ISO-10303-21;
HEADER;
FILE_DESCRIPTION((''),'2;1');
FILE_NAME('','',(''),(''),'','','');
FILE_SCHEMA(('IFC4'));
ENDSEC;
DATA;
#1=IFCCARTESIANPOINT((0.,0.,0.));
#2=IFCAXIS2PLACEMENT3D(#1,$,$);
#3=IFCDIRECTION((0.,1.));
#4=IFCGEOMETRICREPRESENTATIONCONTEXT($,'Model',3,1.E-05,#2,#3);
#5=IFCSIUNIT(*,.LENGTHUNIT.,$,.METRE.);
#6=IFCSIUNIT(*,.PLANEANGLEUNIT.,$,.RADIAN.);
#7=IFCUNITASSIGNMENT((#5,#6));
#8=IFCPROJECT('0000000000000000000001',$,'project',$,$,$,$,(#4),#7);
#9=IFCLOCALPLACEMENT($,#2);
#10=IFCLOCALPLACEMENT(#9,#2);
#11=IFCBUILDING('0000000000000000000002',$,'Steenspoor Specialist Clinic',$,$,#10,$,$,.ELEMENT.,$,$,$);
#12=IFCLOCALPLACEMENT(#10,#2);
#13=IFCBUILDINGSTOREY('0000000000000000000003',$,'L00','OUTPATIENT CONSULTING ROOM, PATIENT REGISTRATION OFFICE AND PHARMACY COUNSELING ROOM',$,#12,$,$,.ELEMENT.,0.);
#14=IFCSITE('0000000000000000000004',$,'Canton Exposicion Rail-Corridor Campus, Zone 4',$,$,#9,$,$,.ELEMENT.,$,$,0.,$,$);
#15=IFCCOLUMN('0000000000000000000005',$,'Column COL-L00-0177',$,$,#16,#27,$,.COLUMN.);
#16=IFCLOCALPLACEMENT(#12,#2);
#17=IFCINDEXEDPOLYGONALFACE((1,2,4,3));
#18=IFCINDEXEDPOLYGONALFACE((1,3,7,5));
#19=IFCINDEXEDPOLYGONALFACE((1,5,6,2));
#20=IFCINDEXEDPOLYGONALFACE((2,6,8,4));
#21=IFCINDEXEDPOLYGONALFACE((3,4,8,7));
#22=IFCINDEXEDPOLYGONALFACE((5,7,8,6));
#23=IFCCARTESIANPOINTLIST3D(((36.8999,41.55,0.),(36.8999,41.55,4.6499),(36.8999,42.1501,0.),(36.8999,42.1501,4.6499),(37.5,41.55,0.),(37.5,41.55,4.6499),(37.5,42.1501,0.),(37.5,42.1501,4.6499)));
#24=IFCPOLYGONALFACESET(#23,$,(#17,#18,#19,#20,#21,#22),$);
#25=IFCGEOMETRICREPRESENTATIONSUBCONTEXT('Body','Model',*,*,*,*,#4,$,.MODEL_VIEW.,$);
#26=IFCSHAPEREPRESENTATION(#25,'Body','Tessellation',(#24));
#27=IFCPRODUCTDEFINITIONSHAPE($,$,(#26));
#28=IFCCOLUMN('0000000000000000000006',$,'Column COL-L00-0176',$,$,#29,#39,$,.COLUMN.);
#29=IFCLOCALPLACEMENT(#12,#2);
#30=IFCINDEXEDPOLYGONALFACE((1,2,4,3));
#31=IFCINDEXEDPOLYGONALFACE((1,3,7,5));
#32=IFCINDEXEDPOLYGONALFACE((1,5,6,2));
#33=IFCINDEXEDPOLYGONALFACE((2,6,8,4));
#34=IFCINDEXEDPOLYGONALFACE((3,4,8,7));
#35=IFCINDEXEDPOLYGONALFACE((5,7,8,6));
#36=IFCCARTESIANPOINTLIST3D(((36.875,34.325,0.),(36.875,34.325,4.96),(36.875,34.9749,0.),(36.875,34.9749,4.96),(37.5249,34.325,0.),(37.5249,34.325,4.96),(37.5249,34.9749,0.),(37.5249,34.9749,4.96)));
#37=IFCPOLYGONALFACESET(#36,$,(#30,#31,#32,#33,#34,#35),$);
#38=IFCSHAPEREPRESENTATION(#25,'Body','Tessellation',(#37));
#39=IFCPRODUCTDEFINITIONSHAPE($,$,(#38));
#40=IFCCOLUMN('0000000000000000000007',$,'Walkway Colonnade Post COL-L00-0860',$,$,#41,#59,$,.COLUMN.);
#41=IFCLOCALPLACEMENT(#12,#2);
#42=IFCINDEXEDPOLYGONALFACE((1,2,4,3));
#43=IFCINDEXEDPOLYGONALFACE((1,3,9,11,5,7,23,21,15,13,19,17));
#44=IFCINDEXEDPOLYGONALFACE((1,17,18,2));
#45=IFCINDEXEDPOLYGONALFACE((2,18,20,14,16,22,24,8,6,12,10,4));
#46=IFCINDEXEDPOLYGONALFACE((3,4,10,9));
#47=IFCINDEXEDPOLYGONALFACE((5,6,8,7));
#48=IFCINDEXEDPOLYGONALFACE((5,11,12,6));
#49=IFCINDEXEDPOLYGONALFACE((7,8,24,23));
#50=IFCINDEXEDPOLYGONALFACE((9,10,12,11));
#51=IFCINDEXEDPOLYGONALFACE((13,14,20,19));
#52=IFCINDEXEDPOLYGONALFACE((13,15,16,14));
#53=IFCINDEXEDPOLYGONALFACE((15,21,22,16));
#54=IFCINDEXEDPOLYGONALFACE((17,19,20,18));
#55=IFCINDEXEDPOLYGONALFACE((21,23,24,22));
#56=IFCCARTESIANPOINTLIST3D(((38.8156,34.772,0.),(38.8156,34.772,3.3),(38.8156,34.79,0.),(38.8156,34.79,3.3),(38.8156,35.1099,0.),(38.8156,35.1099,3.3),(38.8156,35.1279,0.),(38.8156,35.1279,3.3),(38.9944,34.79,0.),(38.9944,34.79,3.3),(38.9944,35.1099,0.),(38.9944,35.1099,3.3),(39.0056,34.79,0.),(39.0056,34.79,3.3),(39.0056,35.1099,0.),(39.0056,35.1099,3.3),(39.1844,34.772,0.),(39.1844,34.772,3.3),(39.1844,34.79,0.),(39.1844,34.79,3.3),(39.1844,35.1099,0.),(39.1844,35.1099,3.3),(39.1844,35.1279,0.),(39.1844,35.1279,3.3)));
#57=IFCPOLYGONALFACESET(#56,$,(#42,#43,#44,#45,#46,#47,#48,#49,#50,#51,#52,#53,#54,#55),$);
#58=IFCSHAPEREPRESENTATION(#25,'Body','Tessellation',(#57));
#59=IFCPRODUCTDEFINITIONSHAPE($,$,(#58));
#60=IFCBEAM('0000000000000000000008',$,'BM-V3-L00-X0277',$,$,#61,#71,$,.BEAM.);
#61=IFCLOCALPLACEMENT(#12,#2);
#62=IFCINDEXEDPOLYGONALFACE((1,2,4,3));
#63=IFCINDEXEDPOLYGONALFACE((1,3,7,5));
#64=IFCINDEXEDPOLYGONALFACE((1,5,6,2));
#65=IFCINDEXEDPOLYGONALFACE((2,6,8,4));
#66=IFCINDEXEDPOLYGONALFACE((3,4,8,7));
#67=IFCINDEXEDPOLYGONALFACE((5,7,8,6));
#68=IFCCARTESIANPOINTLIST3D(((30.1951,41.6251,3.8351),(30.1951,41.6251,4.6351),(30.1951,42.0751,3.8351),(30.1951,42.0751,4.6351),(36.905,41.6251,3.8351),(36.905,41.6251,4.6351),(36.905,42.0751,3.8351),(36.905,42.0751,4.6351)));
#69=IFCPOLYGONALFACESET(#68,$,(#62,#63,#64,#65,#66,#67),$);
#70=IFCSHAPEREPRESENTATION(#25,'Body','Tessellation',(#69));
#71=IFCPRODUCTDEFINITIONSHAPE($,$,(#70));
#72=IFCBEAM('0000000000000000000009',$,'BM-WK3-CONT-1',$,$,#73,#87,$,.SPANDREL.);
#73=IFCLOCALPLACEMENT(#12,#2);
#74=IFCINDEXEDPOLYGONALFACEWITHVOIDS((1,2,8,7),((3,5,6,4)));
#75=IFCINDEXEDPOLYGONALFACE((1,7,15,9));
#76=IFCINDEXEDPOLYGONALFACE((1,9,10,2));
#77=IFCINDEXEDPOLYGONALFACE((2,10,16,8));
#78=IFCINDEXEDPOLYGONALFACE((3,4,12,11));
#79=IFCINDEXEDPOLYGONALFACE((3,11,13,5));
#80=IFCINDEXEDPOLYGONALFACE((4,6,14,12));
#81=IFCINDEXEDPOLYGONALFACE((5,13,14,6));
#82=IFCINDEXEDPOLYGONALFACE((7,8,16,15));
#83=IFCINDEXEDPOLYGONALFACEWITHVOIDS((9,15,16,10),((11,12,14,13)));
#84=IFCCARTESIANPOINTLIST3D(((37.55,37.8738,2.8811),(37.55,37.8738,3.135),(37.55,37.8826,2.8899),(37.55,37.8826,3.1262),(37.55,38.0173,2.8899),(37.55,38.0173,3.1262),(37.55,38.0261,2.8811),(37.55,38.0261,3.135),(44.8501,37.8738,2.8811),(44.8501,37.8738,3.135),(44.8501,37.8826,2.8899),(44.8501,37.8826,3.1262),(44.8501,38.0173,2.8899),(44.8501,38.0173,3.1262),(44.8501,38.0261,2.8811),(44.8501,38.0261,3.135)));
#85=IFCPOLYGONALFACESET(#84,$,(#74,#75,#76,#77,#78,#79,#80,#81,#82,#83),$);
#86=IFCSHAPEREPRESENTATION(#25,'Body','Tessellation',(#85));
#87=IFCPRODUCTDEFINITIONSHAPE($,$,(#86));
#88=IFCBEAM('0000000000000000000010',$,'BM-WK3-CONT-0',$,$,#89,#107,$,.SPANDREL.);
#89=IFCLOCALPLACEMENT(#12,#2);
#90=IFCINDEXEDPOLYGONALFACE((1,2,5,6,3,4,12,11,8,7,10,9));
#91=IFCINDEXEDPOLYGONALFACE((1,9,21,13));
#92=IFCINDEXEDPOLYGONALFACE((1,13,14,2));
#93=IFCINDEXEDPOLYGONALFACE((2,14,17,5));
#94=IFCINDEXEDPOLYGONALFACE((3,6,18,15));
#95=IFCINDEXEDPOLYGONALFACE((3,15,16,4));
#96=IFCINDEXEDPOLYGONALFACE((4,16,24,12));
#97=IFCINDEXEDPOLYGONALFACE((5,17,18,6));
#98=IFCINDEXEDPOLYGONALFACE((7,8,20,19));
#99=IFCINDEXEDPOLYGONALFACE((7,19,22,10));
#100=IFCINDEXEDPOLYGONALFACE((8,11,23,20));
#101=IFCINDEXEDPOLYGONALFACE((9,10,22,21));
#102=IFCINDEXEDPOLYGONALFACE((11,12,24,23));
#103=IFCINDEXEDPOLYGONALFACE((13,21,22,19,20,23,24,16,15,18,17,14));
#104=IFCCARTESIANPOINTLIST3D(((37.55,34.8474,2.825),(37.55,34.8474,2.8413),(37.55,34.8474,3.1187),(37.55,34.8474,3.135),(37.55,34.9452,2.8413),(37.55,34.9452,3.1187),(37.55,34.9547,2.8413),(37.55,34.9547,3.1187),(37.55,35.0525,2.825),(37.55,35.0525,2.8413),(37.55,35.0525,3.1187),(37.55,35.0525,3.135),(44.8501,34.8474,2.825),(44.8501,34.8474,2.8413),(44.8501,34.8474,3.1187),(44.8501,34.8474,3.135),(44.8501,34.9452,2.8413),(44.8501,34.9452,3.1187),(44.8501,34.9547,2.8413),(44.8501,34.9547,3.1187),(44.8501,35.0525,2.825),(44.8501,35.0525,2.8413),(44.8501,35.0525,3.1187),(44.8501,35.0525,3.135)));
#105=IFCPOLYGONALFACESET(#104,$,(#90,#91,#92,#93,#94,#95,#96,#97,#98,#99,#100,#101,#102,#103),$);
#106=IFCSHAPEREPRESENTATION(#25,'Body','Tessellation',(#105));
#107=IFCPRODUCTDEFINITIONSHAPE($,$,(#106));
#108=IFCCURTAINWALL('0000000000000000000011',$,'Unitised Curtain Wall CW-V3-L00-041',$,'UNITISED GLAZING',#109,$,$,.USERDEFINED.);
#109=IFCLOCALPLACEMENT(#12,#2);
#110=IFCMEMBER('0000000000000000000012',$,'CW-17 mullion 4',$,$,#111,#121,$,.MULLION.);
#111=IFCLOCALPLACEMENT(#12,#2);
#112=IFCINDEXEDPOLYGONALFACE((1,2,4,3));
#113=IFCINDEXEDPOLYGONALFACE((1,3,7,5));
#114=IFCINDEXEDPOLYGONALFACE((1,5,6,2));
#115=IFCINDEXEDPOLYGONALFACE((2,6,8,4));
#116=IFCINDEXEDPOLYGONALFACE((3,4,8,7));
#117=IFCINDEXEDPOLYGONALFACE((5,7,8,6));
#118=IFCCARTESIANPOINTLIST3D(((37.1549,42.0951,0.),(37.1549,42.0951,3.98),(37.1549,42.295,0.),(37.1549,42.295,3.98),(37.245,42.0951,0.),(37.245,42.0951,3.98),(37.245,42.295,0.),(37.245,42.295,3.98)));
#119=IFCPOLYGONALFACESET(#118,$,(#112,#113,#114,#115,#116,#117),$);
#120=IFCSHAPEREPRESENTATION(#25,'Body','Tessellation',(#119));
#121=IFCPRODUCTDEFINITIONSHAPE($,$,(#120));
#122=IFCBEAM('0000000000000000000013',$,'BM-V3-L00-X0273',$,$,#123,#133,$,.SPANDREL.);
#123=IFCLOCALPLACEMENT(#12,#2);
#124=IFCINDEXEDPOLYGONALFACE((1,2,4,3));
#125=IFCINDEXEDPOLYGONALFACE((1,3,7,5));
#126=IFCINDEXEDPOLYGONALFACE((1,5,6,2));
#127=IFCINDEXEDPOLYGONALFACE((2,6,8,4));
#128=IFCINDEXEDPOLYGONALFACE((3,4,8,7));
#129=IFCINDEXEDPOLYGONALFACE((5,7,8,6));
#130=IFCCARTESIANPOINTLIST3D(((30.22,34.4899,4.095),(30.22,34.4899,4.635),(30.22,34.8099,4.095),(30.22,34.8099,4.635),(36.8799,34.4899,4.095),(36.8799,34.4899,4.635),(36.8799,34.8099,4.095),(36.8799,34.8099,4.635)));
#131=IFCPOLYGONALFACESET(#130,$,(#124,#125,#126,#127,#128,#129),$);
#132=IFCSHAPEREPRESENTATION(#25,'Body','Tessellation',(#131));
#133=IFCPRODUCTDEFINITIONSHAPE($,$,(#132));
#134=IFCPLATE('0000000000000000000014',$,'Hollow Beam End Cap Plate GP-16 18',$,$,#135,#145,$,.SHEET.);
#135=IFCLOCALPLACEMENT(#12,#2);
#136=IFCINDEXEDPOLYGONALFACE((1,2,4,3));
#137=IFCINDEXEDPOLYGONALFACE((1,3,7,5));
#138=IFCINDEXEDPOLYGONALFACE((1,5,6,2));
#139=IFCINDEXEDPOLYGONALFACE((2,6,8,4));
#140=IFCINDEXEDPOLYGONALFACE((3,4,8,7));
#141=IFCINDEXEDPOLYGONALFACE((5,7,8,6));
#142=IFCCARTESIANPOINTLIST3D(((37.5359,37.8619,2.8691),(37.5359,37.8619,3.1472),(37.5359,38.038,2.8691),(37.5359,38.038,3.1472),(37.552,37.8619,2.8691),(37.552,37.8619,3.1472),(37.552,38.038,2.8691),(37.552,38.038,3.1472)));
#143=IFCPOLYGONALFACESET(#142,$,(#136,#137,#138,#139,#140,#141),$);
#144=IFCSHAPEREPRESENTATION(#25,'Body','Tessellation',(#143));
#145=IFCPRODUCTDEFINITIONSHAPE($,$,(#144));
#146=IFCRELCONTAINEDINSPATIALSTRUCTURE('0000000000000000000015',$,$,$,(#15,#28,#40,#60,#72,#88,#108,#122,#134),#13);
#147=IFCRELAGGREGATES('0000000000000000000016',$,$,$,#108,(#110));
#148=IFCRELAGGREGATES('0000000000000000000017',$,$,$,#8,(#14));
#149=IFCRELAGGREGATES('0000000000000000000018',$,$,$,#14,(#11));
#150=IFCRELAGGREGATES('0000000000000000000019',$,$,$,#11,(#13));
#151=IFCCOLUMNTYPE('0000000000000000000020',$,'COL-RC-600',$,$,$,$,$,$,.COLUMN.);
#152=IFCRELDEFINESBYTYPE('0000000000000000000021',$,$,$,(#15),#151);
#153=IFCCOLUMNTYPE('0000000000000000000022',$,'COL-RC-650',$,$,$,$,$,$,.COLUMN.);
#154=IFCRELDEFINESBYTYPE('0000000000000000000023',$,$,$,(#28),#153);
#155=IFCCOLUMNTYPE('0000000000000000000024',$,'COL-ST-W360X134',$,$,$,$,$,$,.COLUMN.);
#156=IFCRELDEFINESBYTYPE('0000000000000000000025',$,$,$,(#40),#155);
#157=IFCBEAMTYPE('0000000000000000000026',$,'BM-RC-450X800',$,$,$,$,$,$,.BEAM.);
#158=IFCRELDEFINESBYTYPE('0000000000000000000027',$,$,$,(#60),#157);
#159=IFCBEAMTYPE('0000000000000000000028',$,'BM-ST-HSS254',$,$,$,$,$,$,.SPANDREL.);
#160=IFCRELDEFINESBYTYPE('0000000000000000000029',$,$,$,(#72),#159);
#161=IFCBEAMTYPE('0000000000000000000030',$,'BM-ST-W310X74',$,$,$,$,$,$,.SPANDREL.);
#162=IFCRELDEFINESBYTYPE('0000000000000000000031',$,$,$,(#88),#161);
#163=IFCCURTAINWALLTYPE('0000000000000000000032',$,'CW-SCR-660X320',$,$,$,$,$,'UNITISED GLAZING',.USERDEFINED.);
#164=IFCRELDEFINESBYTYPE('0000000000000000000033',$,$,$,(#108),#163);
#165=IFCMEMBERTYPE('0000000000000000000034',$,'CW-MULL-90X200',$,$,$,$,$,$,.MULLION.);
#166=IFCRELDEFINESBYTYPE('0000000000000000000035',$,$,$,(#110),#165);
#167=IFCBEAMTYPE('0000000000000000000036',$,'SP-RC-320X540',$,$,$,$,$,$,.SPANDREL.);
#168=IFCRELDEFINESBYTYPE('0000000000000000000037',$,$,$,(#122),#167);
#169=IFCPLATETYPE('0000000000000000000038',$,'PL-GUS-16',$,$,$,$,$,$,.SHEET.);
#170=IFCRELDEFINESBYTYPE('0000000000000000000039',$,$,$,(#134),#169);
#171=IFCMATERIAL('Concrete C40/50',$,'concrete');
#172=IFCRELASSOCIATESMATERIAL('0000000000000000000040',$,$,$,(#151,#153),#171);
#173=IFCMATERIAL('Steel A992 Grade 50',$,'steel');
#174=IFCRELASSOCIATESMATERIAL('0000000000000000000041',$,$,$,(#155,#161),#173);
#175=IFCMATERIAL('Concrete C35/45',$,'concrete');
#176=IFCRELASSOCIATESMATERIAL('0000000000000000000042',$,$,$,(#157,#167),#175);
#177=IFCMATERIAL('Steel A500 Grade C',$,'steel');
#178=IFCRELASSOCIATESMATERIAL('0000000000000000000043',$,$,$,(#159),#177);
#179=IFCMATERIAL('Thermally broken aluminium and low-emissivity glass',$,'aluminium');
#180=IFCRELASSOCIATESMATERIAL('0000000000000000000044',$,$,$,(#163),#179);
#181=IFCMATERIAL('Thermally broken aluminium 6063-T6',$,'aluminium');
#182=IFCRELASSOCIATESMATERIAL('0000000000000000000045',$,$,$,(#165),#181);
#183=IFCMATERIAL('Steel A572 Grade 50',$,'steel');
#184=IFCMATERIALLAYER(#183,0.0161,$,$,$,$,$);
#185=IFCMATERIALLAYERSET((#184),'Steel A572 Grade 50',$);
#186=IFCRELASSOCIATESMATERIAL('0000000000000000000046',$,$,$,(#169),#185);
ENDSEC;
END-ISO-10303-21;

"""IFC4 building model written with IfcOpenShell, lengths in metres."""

from ifc_helpers import new_model, si_unit, direction, frame, origin, origin_2d, place, context, subcontext, project, spatial, rectangle, hollow_rectangle, i_section, extrude, material, layer, layer_set, material_profile, profile_set, type_object, element, aggregate, save


model = new_model("IFC4")

# Units and contexts
model_context = context("Model", 3, precision=1e-05, world=origin(), true_north=direction((0.0, 1.0)))
body_context = subcontext(model_context, "Body", "Model", "MODEL_VIEW")
ifc_project = project(units=[si_unit("LENGTHUNIT", "METRE"), si_unit("PLANEANGLEUNIT", "RADIAN")], contexts=[model_context])

# Site, building, storey
site_placement = place(None, origin())
site = spatial("IfcSite", under=ifc_project, at=site_placement, Name="Canton Exposicion Rail-Corridor Campus, Zone 4", CompositionType="ELEMENT", RefElevation=0.0)
building_placement = place(site_placement, origin())
building = spatial("IfcBuilding", under=site, at=building_placement, Name="Steenspoor Specialist Clinic", CompositionType="ELEMENT")
storey_placement = place(building_placement, origin())
storey = spatial("IfcBuildingStorey", under=building, at=storey_placement, Name="L00", Description="OUTPATIENT CONSULTING ROOM, PATIENT REGISTRATION OFFICE AND PHARMACY COUNSELING ROOM", CompositionType="ELEMENT", Elevation=0.0)

# Shared definitions
ifc_material_1 = material(Name="Concrete C35/45", Category="concrete")

# Columns
ifc_material_2 = material(Name="Concrete C40/50", Category="concrete")
ifc_material_profile_1 = material_profile(ifc_material_2, rectangle(XDim=0.6001, YDim=0.6001, at=origin_2d()), Name="RC-COL-600X600")
ifc_profile_set_1 = profile_set([ifc_material_profile_1], Name="Concrete C40/50")
column_type_1 = type_object("IfcColumnType", Name="COL-RC-600", PredefinedType="COLUMN", material=ifc_profile_set_1)
column_1_placement = place(storey_placement, frame((37.2, 41.8501, 0.0), z_axis=(0.0, 0.0, 1.0), x_axis=(1.0, 0.0, 0.0)))
element("IfcColumn", 1, at=column_1_placement, inside=storey, type_object=column_type_1, Name="Column COL-L00-0177", PredefinedType="COLUMN", context=body_context, shape_type="SweptSolid", body=[
    extrude(rectangle(XDim=0.6001, YDim=0.6001, at=origin_2d()), origin(), (0.0, 0.0, 1.0), 4.6499),
])
ifc_material_profile_2 = material_profile(ifc_material_2, rectangle(XDim=0.6499, YDim=0.6499, at=origin_2d()), Name="RC-COL-650X650")
ifc_profile_set_2 = profile_set([ifc_material_profile_2], Name="Concrete C40/50")
column_type_2 = type_object("IfcColumnType", Name="COL-RC-650", PredefinedType="COLUMN", material=ifc_profile_set_2)
column_2_placement = place(storey_placement, frame((37.2, 34.6499, 0.0), z_axis=(0.0, 0.0, 1.0), x_axis=(1.0, 0.0, 0.0)))
element("IfcColumn", 2, at=column_2_placement, inside=storey, type_object=column_type_2, Name="Column COL-L00-0176", PredefinedType="COLUMN", context=body_context, shape_type="SweptSolid", body=[
    extrude(rectangle(XDim=0.6499, YDim=0.6499, at=origin_2d()), origin(), (0.0, 0.0, 1.0), 4.96),
])
ifc_material_3 = material(Name="Steel A992 Grade 50", Category="steel")
ifc_material_profile_3 = material_profile(ifc_material_3, i_section(OverallWidth=0.3689, OverallDepth=0.356, WebThickness=0.0112, FlangeThickness=0.0181, at=origin_2d()), Name="W360X134")
ifc_profile_set_3 = profile_set([ifc_material_profile_3], Name="Steel A992 Grade 50")
column_type_3 = type_object("IfcColumnType", Name="COL-ST-W360X134", PredefinedType="COLUMN", material=ifc_profile_set_3)
column_3_placement = place(storey_placement, frame((39.0, 34.95, 0.0), z_axis=(0.0, 0.0, 1.0), x_axis=(1.0, 0.0, 0.0)))
element("IfcColumn", 3, at=column_3_placement, inside=storey, type_object=column_type_3, Name="Walkway Colonnade Post COL-L00-0860", PredefinedType="COLUMN", context=body_context, shape_type="SweptSolid", body=[
    extrude(i_section(OverallWidth=0.3689, OverallDepth=0.356, WebThickness=0.0112, FlangeThickness=0.0181, at=origin_2d()), origin(), (0.0, 0.0, 1.0), 3.3),
])

# Beams
ifc_material_profile_4 = material_profile(ifc_material_1, rectangle(XDim=0.45, YDim=0.8, at=origin_2d()), Name="RC-BM-450X800")
ifc_profile_set_4 = profile_set([ifc_material_profile_4], Name="Concrete C35/45")
beam_type_1 = type_object("IfcBeamType", Name="BM-RC-450X800", PredefinedType="BEAM", material=ifc_profile_set_4)
beam_1_placement = place(storey_placement, frame((30.1951, 41.8501, 4.2351), z_axis=(1.0, 0.0, 0.0), x_axis=(0.0, 1.0, 0.0)))
element("IfcBeam", 4, at=beam_1_placement, inside=storey, type_object=beam_type_1, Name="BM-V3-L00-X0277", PredefinedType="BEAM", context=body_context, shape_type="SweptSolid", body=[
    extrude(rectangle(XDim=0.45, YDim=0.8, at=origin_2d()), origin(), (0.0, 0.0, 1.0), 6.71),
])
ifc_material_4 = material(Name="Steel A500 Grade C", Category="steel")
ifc_material_profile_5 = material_profile(ifc_material_4, hollow_rectangle(XDim=0.1523, YDim=0.2539, WallThickness=0.0088, at=origin_2d()), Name="HSS254X152X9.5")
ifc_profile_set_5 = profile_set([ifc_material_profile_5], Name="Steel A500 Grade C")
beam_type_2 = type_object("IfcBeamType", Name="BM-ST-HSS254", PredefinedType="SPANDREL", material=ifc_profile_set_5)
beam_2_placement = place(storey_placement, frame((37.55, 37.95, 3.0081), z_axis=(1.0, 0.0, 0.0), x_axis=(0.0, 1.0, 0.0)))
element("IfcBeam", 5, at=beam_2_placement, inside=storey, type_object=beam_type_2, Name="BM-WK3-CONT-1", PredefinedType="SPANDREL", context=body_context, shape_type="SweptSolid", body=[
    extrude(hollow_rectangle(XDim=0.1523, YDim=0.2539, WallThickness=0.0088, at=origin_2d()), origin(), (0.0, 0.0, 1.0), 7.3),
])
ifc_material_profile_6 = material_profile(ifc_material_3, i_section(OverallWidth=0.2051, OverallDepth=0.3101, WebThickness=0.0095, FlangeThickness=0.0164, at=origin_2d()), Name="W310X74")
ifc_profile_set_6 = profile_set([ifc_material_profile_6], Name="Steel A992 Grade 50")
beam_type_3 = type_object("IfcBeamType", Name="BM-ST-W310X74", PredefinedType="SPANDREL", material=ifc_profile_set_6)
beam_3_placement = place(storey_placement, frame((37.55, 34.95, 2.98), z_axis=(1.0, 0.0, 0.0), x_axis=(0.0, 1.0, 0.0)))
element("IfcBeam", 6, at=beam_3_placement, inside=storey, type_object=beam_type_3, Name="BM-WK3-CONT-0", PredefinedType="SPANDREL", context=body_context, shape_type="SweptSolid", body=[
    extrude(i_section(OverallWidth=0.2051, OverallDepth=0.3101, WebThickness=0.0095, FlangeThickness=0.0164, at=origin_2d()), origin(), (0.0, 0.0, 1.0), 7.3),
])

# Curtain wall, member
ifc_material_5 = material(Name="Thermally broken aluminium and low-emissivity glass", Category="aluminium")
curtain_wall_type = type_object("IfcCurtainWallType", Name="CW-SCR-660X320", ElementType="UNITISED GLAZING", PredefinedType="USERDEFINED", material=ifc_material_5)
curtain_wall_placement = place(storey_placement, origin())
curtain_wall = element("IfcCurtainWall", 7, at=curtain_wall_placement, inside=storey, type_object=curtain_wall_type, Name="Unitised Curtain Wall CW-V3-L00-041", ObjectType="UNITISED GLAZING", PredefinedType="USERDEFINED")
ifc_material_6 = material(Name="Thermally broken aluminium 6063-T6", Category="aluminium")
ifc_material_profile_7 = material_profile(ifc_material_6, rectangle(XDim=0.0901, YDim=0.2, at=origin_2d()), Name="CWM-90X200")
ifc_profile_set_7 = profile_set([ifc_material_profile_7], Name="Thermally broken aluminium 6063-T6")
member_type = type_object("IfcMemberType", Name="CW-MULL-90X200", PredefinedType="MULLION", material=ifc_profile_set_7)
member_placement = place(storey_placement, frame((37.2, 42.1951, 0.0), z_axis=(0.0, 0.0, 1.0), x_axis=(1.0, 0.0, 0.0)))
member = element("IfcMember", 8, at=member_placement, type_object=member_type, Name="CW-17 mullion 4", PredefinedType="MULLION", context=body_context, shape_type="SweptSolid", body=[
    extrude(rectangle(XDim=0.0901, YDim=0.2, at=origin_2d()), origin(), (0.0, 0.0, 1.0), 3.98),
])
aggregate(curtain_wall, [member])

# Beam
ifc_material_profile_8 = material_profile(ifc_material_1, rectangle(XDim=0.3201, YDim=0.54, at=origin_2d()), Name="RC-SP-320X540")
ifc_profile_set_8 = profile_set([ifc_material_profile_8], Name="Concrete C35/45")
beam_type_4 = type_object("IfcBeamType", Name="SP-RC-320X540", PredefinedType="SPANDREL", material=ifc_profile_set_8)
beam_4_placement = place(storey_placement, frame((30.22, 34.6499, 4.365), z_axis=(1.0, 0.0, 0.0), x_axis=(0.0, 1.0, 0.0)))
element("IfcBeam", 9, at=beam_4_placement, inside=storey, type_object=beam_type_4, Name="BM-V3-L00-X0273", PredefinedType="SPANDREL", context=body_context, shape_type="SweptSolid", body=[
    extrude(rectangle(XDim=0.3201, YDim=0.54, at=origin_2d()), origin(), (0.0, 0.0, 1.0), 6.6599),
])

# Plate
ifc_material_7 = material(Name="Steel A572 Grade 50", Category="steel")
ifc_layer_1 = layer(ifc_material_7, 0.0161)
ifc_layer_set_1 = layer_set([ifc_layer_1], Name="Steel A572 Grade 50")
plate_type = type_object("IfcPlateType", Name="PL-GUS-16", PredefinedType="SHEET", material=ifc_layer_set_1)
plate_placement = place(storey_placement, frame((37.5439, 37.95, 2.8691), z_axis=(0.0, 0.0, 1.0), x_axis=(1.0, 0.0, 0.0)))
element("IfcPlate", 10, at=plate_placement, inside=storey, type_object=plate_type, Name="Hollow Beam End Cap Plate GP-16 18", PredefinedType="SHEET", context=body_context, shape_type="SweptSolid", body=[
    extrude(rectangle(XDim=0.0161, YDim=0.176, at=origin_2d()), origin(), (0.0, 0.0, 1.0), 0.2781),
])

save(model, "model.ifc")
